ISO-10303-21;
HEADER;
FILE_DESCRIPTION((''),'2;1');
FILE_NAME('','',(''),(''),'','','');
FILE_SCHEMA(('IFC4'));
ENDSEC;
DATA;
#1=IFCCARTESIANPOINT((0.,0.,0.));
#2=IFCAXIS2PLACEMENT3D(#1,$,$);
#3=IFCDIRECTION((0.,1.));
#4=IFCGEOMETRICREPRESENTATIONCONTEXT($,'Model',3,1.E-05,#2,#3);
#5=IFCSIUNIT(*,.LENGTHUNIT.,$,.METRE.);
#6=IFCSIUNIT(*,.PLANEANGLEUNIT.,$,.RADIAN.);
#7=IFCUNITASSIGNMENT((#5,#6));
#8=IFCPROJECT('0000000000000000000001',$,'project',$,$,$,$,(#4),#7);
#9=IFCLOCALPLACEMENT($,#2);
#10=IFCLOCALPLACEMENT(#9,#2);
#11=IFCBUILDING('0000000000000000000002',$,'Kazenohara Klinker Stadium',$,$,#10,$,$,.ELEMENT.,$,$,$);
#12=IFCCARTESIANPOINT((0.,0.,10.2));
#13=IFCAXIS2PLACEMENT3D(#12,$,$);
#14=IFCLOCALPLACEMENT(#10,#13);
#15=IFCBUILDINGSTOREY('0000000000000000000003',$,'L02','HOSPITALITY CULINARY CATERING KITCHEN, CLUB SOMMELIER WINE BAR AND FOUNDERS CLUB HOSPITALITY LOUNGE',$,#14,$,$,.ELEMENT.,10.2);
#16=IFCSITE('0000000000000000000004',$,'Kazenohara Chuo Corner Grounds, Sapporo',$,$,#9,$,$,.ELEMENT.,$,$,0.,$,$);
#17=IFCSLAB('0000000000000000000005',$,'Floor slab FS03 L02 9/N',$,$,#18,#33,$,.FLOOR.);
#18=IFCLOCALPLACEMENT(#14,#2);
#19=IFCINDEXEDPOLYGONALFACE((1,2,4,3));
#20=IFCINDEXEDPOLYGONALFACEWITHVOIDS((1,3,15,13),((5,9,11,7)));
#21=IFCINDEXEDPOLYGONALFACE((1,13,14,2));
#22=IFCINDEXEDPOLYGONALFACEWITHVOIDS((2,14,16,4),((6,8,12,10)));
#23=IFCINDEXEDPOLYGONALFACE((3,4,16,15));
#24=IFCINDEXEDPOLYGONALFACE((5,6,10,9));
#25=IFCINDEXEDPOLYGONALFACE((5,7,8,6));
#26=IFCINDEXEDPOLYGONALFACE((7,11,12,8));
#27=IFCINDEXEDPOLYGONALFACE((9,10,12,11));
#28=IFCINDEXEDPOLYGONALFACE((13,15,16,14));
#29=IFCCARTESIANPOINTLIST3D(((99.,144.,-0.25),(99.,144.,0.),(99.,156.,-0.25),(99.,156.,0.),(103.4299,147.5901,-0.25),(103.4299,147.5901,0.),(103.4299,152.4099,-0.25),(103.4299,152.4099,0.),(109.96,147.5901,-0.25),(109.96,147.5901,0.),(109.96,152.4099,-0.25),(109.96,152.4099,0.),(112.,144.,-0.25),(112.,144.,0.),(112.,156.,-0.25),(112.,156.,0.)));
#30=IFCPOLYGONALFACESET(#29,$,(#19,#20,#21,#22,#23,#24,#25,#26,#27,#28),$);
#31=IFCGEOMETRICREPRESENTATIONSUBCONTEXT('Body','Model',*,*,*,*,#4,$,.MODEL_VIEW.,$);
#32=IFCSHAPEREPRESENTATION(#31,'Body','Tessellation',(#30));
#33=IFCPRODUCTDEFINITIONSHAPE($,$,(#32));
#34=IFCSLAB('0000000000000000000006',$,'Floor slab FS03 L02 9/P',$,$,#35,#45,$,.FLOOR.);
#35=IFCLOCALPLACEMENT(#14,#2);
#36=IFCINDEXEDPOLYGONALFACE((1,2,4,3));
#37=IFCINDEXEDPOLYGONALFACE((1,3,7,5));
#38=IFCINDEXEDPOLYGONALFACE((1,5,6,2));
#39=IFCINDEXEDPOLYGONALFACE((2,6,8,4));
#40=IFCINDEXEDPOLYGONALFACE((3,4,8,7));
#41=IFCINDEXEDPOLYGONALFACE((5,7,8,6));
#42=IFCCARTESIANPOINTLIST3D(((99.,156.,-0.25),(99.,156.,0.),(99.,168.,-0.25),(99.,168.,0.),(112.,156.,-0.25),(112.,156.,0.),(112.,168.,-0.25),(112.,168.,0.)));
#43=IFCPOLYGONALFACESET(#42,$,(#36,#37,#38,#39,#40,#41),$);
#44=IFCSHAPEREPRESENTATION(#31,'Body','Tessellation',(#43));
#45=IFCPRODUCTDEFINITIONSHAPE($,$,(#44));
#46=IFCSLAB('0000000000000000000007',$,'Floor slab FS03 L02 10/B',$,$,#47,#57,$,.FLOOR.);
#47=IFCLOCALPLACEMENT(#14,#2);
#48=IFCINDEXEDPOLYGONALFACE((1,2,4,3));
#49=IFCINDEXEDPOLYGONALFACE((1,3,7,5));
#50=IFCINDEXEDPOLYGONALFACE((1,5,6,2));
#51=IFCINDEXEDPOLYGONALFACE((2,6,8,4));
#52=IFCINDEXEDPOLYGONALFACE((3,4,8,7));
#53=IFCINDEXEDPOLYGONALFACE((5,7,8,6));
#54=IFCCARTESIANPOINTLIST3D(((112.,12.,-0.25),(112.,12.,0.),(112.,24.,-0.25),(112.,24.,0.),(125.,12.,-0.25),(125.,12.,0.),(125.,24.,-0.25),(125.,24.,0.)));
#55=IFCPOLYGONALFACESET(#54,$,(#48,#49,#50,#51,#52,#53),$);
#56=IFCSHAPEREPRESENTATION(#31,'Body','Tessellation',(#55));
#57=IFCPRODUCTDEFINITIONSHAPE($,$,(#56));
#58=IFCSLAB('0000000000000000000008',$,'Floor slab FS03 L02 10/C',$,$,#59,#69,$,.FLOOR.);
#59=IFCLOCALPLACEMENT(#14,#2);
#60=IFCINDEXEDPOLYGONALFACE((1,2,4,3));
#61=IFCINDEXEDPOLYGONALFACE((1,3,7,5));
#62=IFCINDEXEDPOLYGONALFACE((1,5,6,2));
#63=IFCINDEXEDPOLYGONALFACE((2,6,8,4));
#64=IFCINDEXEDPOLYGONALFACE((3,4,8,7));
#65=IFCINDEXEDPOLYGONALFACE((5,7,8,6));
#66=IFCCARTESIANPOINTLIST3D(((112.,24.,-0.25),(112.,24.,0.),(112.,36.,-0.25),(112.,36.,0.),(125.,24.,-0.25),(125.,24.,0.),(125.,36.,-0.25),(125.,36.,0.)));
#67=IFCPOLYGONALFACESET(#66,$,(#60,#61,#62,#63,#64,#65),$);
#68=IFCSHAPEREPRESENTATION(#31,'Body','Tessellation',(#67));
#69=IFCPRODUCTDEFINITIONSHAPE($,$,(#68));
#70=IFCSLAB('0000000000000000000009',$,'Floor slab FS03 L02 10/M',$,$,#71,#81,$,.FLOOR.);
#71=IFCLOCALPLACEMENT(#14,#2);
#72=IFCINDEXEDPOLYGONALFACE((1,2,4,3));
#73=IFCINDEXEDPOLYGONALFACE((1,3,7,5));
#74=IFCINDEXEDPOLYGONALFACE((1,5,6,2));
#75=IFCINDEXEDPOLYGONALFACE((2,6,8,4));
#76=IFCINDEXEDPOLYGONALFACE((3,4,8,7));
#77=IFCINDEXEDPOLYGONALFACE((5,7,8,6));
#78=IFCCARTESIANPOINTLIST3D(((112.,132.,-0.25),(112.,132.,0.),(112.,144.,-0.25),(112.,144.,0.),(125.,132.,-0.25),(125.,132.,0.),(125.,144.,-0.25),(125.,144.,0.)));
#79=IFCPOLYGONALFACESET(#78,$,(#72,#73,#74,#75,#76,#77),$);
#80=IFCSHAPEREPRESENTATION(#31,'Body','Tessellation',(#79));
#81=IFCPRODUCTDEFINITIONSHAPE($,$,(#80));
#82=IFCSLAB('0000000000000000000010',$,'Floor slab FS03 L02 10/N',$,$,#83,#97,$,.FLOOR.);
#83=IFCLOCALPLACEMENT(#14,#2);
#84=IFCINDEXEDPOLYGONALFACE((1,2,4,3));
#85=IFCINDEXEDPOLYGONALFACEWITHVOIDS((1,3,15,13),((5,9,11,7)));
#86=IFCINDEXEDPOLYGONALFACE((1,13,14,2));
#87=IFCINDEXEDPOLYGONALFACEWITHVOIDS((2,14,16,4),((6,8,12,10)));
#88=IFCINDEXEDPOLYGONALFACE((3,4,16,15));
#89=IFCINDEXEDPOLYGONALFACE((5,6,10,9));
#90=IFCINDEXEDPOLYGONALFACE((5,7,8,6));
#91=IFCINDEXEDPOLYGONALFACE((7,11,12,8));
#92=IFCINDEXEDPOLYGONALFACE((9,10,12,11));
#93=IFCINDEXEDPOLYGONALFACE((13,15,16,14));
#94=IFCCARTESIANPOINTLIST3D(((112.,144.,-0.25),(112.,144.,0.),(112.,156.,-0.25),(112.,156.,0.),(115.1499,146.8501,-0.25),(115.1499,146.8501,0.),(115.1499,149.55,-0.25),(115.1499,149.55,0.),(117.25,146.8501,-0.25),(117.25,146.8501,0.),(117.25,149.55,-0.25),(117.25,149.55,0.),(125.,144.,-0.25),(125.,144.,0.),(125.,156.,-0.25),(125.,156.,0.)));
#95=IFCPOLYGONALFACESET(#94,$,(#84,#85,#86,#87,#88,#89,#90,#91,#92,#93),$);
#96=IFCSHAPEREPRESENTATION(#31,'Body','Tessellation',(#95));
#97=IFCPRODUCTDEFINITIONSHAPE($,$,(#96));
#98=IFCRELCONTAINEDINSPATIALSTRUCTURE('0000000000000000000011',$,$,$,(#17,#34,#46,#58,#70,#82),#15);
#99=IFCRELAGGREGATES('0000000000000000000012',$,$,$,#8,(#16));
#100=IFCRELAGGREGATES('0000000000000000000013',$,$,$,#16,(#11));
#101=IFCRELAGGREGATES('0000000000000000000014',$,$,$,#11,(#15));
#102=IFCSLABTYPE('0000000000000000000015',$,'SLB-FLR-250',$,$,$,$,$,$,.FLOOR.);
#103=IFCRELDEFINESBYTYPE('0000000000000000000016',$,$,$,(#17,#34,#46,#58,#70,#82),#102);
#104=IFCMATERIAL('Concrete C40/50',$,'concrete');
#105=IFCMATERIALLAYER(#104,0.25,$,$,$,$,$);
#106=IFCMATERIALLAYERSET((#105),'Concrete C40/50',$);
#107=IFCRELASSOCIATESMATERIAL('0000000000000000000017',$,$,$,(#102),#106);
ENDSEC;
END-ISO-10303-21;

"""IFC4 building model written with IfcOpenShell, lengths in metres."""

from ifc_helpers import new_model, si_unit, direction, frame, origin, place, context, subcontext, project, spatial, polyline, outline, extrude, material, layer, layer_set, type_object, element, save


model = new_model("IFC4")

# Units and contexts
model_context = context("Model", 3, precision=1e-05, world=origin(), true_north=direction((0.0, 1.0)))
body_context = subcontext(model_context, "Body", "Model", "MODEL_VIEW")
ifc_project = project(units=[si_unit("LENGTHUNIT", "METRE"), si_unit("PLANEANGLEUNIT", "RADIAN")], contexts=[model_context])

# Site, building, storey
site_placement = place(None, origin())
site = spatial("IfcSite", under=ifc_project, at=site_placement, Name="Kazenohara Chuo Corner Grounds, Sapporo", CompositionType="ELEMENT", RefElevation=0.0)
building_placement = place(site_placement, origin())
building = spatial("IfcBuilding", under=site, at=building_placement, Name="Kazenohara Klinker Stadium", CompositionType="ELEMENT")
storey_placement = place(building_placement, frame((0.0, 0.0, 10.2)))
storey = spatial("IfcBuildingStorey", under=building, at=storey_placement, Name="L02", Description="HOSPITALITY CULINARY CATERING KITCHEN, CLUB SOMMELIER WINE BAR AND FOUNDERS CLUB HOSPITALITY LOUNGE", CompositionType="ELEMENT", Elevation=10.2)

# Slabs
ifc_material = material(Name="Concrete C40/50", Category="concrete")
ifc_layer = layer(ifc_material, 0.25)
ifc_layer_set = layer_set([ifc_layer], Name="Concrete C40/50")
slab_type = type_object("IfcSlabType", Name="SLB-FLR-250", PredefinedType="FLOOR", material=ifc_layer_set)
slab_1_placement = place(storey_placement, frame((0.0, 0.0, -0.25)))
element("IfcSlab", 1, at=slab_1_placement, inside=storey, type_object=slab_type, Name="Floor slab FS03 L02 9/N", PredefinedType="FLOOR", context=body_context, shape_type="SweptSolid", body=[
    extrude(outline(polyline([(99.0, 144.0), (112.0, 144.0), (112.0, 156.0), (99.0, 156.0), (99.0, 144.0)]), holes=[polyline([(103.4299, 147.5901), (109.96, 147.5901), (109.96, 152.4099), (103.4299, 152.4099), (103.4299, 147.5901)])]), origin(), (0.0, 0.0, 1.0), 0.25),
])
slab_2_placement = place(storey_placement, frame((0.0, 0.0, -0.25)))
element("IfcSlab", 2, at=slab_2_placement, inside=storey, type_object=slab_type, Name="Floor slab FS03 L02 9/P", PredefinedType="FLOOR", context=body_context, shape_type="SweptSolid", body=[
    extrude(outline(polyline([(99.0, 156.0), (112.0, 156.0), (112.0, 168.0), (99.0, 168.0), (99.0, 156.0)])), origin(), (0.0, 0.0, 1.0), 0.25),
])
slab_3_placement = place(storey_placement, frame((0.0, 0.0, -0.25)))
element("IfcSlab", 3, at=slab_3_placement, inside=storey, type_object=slab_type, Name="Floor slab FS03 L02 10/B", PredefinedType="FLOOR", context=body_context, shape_type="SweptSolid", body=[
    extrude(outline(polyline([(112.0, 12.0), (125.0, 12.0), (125.0, 24.0), (112.0, 24.0), (112.0, 12.0)])), origin(), (0.0, 0.0, 1.0), 0.25),
])
slab_4_placement = place(storey_placement, frame((0.0, 0.0, -0.25)))
element("IfcSlab", 4, at=slab_4_placement, inside=storey, type_object=slab_type, Name="Floor slab FS03 L02 10/C", PredefinedType="FLOOR", context=body_context, shape_type="SweptSolid", body=[
    extrude(outline(polyline([(112.0, 24.0), (125.0, 24.0), (125.0, 36.0), (112.0, 36.0), (112.0, 24.0)])), origin(), (0.0, 0.0, 1.0), 0.25),
])
slab_5_placement = place(storey_placement, frame((0.0, 0.0, -0.25)))
element("IfcSlab", 5, at=slab_5_placement, inside=storey, type_object=slab_type, Name="Floor slab FS03 L02 10/M", PredefinedType="FLOOR", context=body_context, shape_type="SweptSolid", body=[
    extrude(outline(polyline([(112.0, 132.0), (125.0, 132.0), (125.0, 144.0), (112.0, 144.0), (112.0, 132.0)])), origin(), (0.0, 0.0, 1.0), 0.25),
])
slab_6_placement = place(storey_placement, frame((0.0, 0.0, -0.25)))
element("IfcSlab", 6, at=slab_6_placement, inside=storey, type_object=slab_type, Name="Floor slab FS03 L02 10/N", PredefinedType="FLOOR", context=body_context, shape_type="SweptSolid", body=[
    extrude(outline(polyline([(112.0, 144.0), (125.0, 144.0), (125.0, 156.0), (112.0, 156.0), (112.0, 144.0)]), holes=[polyline([(115.1499, 146.8501), (117.25, 146.8501), (117.25, 149.55), (115.1499, 149.55), (115.1499, 146.8501)])]), origin(), (0.0, 0.0, 1.0), 0.25),
])

save(model, "model.ifc")
